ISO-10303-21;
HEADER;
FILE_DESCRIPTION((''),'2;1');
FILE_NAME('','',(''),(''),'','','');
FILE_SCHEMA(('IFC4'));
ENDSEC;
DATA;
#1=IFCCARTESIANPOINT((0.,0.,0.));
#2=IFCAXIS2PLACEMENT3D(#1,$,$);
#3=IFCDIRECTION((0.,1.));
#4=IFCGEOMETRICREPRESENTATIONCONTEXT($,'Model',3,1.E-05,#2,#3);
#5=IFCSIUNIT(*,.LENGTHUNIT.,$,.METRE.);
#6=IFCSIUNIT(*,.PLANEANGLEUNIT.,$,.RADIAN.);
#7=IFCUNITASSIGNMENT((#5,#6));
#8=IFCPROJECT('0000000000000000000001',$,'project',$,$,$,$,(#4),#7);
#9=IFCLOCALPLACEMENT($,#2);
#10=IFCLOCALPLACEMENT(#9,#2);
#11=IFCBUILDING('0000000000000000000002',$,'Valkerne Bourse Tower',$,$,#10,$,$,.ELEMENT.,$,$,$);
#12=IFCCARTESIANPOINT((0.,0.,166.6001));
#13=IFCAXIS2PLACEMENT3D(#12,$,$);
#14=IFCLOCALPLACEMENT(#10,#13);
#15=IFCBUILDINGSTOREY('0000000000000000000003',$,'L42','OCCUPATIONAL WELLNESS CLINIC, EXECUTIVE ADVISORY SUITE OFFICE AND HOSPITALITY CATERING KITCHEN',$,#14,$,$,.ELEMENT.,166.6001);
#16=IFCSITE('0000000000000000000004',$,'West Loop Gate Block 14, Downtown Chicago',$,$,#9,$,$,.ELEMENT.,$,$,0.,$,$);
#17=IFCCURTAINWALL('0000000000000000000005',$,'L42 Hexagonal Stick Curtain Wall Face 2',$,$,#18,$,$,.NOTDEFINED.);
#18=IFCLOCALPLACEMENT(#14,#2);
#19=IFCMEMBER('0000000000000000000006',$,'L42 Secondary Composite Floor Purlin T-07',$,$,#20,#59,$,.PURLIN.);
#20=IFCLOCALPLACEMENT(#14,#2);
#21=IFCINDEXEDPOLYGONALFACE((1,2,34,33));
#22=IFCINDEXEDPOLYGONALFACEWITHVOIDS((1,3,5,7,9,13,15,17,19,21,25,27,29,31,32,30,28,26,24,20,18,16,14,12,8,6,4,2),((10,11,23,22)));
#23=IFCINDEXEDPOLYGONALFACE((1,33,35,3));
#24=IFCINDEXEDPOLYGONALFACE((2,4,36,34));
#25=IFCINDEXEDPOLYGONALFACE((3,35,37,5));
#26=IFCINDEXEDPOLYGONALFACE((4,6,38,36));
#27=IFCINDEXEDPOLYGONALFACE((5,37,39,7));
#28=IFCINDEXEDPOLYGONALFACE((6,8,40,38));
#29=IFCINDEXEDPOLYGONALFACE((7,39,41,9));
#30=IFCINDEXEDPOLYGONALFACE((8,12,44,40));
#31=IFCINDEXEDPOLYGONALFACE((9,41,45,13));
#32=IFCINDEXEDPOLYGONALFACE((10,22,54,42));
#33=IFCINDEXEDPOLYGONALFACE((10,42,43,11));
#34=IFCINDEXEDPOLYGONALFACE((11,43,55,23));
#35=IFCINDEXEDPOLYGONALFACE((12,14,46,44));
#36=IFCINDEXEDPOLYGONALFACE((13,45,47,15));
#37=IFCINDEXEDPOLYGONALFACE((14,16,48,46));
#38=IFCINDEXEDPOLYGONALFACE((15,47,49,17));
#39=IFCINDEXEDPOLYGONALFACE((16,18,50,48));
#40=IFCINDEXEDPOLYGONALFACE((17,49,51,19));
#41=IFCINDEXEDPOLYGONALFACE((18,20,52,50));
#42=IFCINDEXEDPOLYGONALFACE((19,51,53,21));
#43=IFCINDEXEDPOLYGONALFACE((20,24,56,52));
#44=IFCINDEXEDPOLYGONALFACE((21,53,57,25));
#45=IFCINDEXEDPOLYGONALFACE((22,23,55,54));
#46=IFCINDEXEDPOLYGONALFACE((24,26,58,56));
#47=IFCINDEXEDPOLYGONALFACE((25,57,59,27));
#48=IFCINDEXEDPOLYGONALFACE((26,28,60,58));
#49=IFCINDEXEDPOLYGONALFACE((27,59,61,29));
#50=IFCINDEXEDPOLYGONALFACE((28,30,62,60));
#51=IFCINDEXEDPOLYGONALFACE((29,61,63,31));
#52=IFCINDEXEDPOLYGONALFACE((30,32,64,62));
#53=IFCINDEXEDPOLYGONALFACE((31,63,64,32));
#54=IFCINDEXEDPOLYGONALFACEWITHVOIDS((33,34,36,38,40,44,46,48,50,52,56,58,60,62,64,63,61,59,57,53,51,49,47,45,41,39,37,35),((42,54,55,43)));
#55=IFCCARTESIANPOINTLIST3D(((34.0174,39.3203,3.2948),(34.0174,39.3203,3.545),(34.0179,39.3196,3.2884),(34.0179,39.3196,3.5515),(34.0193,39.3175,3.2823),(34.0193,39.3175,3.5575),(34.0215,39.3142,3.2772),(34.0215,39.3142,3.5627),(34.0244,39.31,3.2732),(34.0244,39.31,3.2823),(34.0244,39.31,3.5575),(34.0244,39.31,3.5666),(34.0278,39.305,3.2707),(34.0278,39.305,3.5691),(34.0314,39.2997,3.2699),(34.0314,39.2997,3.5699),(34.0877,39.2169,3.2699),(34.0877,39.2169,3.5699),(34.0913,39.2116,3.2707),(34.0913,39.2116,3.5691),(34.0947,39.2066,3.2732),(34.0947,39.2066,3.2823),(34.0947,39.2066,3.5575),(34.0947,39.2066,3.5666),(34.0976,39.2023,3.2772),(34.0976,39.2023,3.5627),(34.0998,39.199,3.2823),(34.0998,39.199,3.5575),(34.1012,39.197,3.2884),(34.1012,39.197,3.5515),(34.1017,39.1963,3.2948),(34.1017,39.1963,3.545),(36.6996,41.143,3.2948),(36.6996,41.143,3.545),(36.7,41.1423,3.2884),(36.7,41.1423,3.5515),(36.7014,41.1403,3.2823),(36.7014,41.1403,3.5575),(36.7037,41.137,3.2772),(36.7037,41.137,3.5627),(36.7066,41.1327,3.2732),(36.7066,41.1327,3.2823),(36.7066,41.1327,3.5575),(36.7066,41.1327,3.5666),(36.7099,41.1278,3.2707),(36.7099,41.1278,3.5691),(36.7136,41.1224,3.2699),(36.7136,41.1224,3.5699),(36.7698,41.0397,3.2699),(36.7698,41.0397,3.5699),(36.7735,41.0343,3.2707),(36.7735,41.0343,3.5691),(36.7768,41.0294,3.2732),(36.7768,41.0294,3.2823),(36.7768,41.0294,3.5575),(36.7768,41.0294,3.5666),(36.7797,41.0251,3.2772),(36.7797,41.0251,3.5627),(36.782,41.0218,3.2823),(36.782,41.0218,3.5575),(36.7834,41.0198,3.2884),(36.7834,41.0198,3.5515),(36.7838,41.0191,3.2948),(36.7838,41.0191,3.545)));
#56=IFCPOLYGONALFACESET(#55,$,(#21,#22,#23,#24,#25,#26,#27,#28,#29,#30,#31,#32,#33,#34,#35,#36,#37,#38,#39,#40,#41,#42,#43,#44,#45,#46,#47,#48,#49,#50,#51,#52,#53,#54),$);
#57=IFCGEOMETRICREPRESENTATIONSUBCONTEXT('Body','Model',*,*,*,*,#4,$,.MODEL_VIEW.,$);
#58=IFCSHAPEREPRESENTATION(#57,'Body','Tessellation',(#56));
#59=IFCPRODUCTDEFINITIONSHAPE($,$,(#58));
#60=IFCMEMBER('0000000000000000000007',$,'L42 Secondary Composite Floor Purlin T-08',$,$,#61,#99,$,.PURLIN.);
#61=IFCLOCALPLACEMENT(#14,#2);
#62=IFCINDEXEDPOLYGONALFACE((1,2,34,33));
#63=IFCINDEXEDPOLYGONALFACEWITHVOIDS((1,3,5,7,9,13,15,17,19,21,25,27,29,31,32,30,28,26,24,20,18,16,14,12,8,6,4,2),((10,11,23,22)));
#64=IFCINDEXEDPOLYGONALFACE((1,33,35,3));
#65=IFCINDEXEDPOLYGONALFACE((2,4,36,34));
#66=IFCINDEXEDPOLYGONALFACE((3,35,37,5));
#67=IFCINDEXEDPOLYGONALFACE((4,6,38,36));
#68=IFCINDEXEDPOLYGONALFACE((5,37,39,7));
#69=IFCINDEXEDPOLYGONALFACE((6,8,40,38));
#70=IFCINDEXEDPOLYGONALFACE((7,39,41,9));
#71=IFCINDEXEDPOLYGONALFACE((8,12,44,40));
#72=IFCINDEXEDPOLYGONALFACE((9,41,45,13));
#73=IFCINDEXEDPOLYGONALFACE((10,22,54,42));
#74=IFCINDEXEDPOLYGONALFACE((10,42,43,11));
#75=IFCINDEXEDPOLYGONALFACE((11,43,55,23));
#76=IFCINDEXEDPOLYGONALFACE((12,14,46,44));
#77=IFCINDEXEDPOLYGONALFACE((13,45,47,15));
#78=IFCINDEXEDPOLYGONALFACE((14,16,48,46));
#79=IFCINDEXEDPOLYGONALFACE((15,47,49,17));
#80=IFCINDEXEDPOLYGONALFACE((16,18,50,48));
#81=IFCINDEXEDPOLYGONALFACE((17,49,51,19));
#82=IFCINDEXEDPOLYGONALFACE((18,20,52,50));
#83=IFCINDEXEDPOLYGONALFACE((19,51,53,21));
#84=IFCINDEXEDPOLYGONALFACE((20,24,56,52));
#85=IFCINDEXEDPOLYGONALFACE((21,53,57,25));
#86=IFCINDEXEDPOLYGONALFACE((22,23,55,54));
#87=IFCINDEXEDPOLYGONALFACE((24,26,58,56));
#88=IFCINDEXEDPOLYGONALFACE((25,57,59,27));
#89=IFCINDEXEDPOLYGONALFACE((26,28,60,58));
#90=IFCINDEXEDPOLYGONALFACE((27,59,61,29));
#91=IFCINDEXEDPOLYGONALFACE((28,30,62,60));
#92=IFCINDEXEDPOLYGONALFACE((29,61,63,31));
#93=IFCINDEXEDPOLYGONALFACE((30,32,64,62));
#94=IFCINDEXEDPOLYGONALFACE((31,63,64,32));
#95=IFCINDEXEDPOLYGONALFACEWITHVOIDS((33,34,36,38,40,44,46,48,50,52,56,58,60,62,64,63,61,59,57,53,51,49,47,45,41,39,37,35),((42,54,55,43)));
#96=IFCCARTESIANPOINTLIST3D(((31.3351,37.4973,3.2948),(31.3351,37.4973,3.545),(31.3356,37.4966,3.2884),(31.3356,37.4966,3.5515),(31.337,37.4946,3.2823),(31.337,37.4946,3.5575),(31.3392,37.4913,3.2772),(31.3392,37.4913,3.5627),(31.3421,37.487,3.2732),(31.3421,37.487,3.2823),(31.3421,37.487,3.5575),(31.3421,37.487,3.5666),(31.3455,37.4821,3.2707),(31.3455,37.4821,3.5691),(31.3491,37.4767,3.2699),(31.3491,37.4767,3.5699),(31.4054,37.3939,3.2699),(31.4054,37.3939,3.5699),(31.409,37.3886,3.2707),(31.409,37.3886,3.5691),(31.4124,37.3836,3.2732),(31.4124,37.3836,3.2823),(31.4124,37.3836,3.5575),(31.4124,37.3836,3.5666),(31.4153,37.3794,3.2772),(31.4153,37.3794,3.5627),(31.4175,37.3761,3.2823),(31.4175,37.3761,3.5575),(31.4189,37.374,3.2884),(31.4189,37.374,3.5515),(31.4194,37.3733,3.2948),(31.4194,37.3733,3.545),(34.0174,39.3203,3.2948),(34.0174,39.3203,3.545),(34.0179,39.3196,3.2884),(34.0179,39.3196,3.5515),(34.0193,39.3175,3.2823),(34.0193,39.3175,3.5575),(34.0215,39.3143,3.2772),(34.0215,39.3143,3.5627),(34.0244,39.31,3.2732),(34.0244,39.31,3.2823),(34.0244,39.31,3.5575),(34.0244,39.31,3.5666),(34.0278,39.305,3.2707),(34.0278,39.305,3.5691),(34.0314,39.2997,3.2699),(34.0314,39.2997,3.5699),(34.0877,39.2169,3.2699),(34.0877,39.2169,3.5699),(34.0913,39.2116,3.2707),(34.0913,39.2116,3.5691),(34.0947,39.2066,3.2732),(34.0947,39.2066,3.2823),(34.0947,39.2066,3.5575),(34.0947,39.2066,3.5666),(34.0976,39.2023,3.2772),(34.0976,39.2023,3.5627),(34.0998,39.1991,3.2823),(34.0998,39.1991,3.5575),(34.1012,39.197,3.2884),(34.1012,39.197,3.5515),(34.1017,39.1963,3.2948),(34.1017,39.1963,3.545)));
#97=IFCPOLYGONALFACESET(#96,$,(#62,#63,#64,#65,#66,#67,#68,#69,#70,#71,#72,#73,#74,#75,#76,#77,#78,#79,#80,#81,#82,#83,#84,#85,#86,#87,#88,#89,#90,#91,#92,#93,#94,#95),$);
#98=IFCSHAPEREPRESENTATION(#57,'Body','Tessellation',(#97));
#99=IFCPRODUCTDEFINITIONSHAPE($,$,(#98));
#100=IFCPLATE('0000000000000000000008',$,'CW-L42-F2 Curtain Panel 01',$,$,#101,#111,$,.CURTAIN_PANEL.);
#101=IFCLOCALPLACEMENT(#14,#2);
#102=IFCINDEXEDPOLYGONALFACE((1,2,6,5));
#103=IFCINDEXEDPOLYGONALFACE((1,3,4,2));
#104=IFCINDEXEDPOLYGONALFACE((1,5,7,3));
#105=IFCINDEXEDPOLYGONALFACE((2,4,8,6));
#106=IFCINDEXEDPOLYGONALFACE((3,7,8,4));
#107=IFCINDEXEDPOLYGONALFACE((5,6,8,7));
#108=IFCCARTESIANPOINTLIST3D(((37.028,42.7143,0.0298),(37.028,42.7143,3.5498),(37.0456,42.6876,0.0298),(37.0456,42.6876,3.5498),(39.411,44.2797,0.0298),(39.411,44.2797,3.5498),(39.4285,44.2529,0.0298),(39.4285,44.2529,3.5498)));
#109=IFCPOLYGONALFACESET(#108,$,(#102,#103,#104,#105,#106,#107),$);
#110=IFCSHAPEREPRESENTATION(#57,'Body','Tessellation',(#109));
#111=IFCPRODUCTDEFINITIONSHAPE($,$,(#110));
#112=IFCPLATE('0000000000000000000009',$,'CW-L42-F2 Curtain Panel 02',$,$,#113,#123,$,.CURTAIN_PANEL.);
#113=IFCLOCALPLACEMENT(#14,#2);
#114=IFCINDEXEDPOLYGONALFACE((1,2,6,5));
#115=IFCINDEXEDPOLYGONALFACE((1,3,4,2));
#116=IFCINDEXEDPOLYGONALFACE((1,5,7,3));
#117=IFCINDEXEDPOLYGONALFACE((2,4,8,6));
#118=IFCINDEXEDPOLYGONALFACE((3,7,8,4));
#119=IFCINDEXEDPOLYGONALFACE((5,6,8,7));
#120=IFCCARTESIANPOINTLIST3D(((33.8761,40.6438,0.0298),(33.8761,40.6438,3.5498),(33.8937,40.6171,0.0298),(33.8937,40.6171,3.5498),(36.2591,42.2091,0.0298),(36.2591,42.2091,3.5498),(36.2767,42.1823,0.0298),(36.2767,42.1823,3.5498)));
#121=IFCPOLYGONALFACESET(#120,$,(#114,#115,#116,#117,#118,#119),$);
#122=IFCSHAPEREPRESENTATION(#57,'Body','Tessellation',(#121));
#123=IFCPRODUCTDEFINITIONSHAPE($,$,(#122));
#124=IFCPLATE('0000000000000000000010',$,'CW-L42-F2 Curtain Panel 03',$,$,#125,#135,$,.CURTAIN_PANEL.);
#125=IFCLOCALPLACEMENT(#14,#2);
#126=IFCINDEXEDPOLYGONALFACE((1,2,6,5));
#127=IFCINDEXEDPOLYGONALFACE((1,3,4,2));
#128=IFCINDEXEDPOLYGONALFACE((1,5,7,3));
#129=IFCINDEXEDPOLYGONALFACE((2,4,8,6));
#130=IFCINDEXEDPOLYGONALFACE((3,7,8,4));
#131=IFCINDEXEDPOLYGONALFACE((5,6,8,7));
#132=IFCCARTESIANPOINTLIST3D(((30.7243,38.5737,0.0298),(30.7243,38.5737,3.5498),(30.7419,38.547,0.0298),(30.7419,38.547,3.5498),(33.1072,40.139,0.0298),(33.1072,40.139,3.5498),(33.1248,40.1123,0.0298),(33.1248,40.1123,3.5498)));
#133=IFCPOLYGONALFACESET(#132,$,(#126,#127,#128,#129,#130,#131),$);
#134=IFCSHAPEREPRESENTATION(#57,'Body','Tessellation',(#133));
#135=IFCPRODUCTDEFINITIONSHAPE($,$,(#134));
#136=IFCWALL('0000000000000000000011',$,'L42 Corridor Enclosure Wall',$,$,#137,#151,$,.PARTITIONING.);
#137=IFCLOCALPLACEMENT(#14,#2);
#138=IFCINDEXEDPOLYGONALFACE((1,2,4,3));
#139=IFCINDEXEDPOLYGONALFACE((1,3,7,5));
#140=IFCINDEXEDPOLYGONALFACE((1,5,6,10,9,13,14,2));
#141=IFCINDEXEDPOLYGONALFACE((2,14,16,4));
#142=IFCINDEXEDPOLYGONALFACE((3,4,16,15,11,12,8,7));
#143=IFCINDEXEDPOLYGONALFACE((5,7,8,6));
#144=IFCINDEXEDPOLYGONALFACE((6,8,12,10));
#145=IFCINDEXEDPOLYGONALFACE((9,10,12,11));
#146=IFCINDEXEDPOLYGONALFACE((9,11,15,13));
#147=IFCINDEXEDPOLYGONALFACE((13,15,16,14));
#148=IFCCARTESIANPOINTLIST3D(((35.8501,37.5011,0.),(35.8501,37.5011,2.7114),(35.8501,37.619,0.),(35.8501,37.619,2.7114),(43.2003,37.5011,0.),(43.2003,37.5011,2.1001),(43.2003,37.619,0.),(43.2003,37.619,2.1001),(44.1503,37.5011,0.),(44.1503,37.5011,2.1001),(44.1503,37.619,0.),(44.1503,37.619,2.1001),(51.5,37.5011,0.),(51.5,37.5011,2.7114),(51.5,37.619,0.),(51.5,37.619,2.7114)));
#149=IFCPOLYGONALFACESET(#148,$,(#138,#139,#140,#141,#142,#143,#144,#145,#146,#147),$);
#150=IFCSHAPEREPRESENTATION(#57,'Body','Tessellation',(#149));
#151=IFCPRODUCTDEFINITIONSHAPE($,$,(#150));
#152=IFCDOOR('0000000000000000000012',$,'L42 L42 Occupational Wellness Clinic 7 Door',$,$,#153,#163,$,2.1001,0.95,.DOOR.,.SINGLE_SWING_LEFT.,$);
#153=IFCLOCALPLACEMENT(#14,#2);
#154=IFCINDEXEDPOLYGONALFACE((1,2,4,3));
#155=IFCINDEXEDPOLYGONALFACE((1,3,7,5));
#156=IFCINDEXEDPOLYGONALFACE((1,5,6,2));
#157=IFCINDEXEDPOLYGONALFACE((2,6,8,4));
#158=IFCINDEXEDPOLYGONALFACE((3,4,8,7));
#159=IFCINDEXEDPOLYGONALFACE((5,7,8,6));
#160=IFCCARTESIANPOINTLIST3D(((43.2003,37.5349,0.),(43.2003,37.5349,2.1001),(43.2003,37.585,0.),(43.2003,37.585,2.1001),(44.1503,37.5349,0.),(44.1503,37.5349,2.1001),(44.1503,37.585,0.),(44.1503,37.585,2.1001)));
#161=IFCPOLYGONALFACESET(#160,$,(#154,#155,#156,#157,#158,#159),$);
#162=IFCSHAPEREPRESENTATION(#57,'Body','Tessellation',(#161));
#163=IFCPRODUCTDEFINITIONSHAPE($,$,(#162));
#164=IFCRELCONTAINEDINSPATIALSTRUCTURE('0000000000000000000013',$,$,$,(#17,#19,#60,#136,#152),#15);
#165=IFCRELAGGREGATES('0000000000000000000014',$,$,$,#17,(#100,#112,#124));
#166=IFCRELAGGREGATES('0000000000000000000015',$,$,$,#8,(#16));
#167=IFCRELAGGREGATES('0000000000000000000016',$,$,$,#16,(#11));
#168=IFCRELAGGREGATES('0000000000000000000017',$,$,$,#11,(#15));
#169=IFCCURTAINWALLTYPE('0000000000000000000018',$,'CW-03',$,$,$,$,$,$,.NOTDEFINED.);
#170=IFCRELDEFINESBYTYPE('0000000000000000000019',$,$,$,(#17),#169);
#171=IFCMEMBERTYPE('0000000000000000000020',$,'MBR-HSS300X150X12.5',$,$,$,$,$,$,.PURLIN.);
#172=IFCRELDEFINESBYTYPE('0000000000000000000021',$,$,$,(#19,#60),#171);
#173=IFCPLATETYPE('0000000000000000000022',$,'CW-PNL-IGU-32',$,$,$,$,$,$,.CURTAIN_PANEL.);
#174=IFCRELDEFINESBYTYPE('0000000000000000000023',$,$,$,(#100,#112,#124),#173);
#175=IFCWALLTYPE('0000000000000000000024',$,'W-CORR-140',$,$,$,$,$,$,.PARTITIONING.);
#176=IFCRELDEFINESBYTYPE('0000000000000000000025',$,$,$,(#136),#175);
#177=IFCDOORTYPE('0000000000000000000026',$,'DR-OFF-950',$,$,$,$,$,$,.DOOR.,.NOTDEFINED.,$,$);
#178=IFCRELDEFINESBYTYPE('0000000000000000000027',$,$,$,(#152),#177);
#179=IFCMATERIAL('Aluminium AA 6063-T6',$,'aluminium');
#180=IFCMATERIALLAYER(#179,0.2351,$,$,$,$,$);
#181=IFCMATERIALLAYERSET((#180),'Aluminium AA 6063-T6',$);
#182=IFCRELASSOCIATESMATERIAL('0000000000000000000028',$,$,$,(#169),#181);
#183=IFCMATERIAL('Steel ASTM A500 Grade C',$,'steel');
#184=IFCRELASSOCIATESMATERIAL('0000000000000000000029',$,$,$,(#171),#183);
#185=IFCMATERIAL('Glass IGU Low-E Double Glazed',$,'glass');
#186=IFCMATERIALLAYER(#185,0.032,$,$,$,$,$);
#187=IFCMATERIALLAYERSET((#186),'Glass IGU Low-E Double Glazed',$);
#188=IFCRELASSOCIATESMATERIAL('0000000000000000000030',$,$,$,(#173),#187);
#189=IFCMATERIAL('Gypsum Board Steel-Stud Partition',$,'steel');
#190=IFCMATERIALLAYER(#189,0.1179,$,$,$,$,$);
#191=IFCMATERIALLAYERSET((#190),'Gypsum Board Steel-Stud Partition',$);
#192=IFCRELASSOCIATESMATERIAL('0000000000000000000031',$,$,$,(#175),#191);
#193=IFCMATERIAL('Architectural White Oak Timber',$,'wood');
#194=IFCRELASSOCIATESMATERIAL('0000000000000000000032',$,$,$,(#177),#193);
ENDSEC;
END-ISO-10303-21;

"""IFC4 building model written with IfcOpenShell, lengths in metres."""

from ifc_helpers import new_model, si_unit, direction, frame, frame_2d, origin, origin_2d, place, context, subcontext, project, spatial, rectangle, hollow_rectangle, extrude, material, layer, layer_set, material_profile, profile_set, type_object, element, fill, aggregate, save


model = new_model("IFC4")

# Units and contexts
model_context = context("Model", 3, precision=1e-05, world=origin(), true_north=direction((0.0, 1.0)))
body_context = subcontext(model_context, "Body", "Model", "MODEL_VIEW")
ifc_project = project(units=[si_unit("LENGTHUNIT", "METRE"), si_unit("PLANEANGLEUNIT", "RADIAN")], contexts=[model_context])

# Site, building, storey
site_placement = place(None, origin())
site = spatial("IfcSite", under=ifc_project, at=site_placement, Name="West Loop Gate Block 14, Downtown Chicago", CompositionType="ELEMENT", RefElevation=0.0)
building_placement = place(site_placement, origin())
building = spatial("IfcBuilding", under=site, at=building_placement, Name="Valkerne Bourse Tower", CompositionType="ELEMENT")
storey_placement = place(building_placement, frame((0.0, 0.0, 166.6001)))
storey = spatial("IfcBuildingStorey", under=building, at=storey_placement, Name="L42", Description="OCCUPATIONAL WELLNESS CLINIC, EXECUTIVE ADVISORY SUITE OFFICE AND HOSPITALITY CATERING KITCHEN", CompositionType="ELEMENT", Elevation=166.6001)

# Curtain wall
ifc_material_1 = material(Name="Aluminium AA 6063-T6", Category="aluminium")
ifc_layer_1 = layer(ifc_material_1, 0.2351)
ifc_layer_set_1 = layer_set([ifc_layer_1], Name="Aluminium AA 6063-T6")
curtain_wall_type = type_object("IfcCurtainWallType", Name="CW-03", PredefinedType="NOTDEFINED", material=ifc_layer_set_1)
curtain_wall_placement = place(storey_placement, origin())
curtain_wall = element("IfcCurtainWall", 1, at=curtain_wall_placement, inside=storey, type_object=curtain_wall_type, Name="L42 Hexagonal Stick Curtain Wall Face 2", PredefinedType="NOTDEFINED")

# Members
ifc_material_2 = material(Name="Steel ASTM A500 Grade C", Category="steel")
ifc_material_profile_1 = material_profile(ifc_material_2, hollow_rectangle(XDim=0.1499, YDim=0.3, WallThickness=0.0125, OuterFilletRadius=0.0249, at=origin_2d()), Name="HSS300X150X12.5")
ifc_profile_set_1 = profile_set([ifc_material_profile_1], Name="Steel ASTM A500 Grade C")
member_type_1 = type_object("IfcMemberType", Name="MBR-HSS300X150X12.5", PredefinedType="PURLIN", material=ifc_profile_set_1)
member_1_placement = place(storey_placement, frame((36.7417, 41.0811, 3.4199), z_axis=(-0.827083, -0.562079, 0.0), x_axis=(0.562079, -0.827083, 0.0)))
element("IfcMember", 2, at=member_1_placement, inside=storey, type_object=member_type_1, Name="L42 Secondary Composite Floor Purlin T-07", PredefinedType="PURLIN", context=body_context, shape_type="SweptSolid", body=[
    extrude(hollow_rectangle(XDim=0.1499, YDim=0.3, WallThickness=0.0125, OuterFilletRadius=0.0249, at=origin_2d()), origin(), (0.0, 0.0, 1.0), 3.2429),
])
member_2_placement = place(storey_placement, frame((34.0596, 39.2583, 3.4199), z_axis=(-0.827072, -0.562096, 0.0), x_axis=(0.562096, -0.827072, 0.0)))
element("IfcMember", 3, at=member_2_placement, inside=storey, type_object=member_type_1, Name="L42 Secondary Composite Floor Purlin T-08", PredefinedType="PURLIN", context=body_context, shape_type="SweptSolid", body=[
    extrude(hollow_rectangle(XDim=0.1499, YDim=0.3, WallThickness=0.0125, OuterFilletRadius=0.0249, at=origin_2d()), origin(), (0.0, 0.0, 1.0), 3.2432),
])

# Plates
ifc_material_3 = material(Name="Glass IGU Low-E Double Glazed", Category="glass")
ifc_layer_2 = layer(ifc_material_3, 0.032)
ifc_layer_set_2 = layer_set([ifc_layer_2], Name="Glass IGU Low-E Double Glazed")
plate_type = type_object("IfcPlateType", Name="CW-PNL-IGU-32", PredefinedType="CURTAIN_PANEL", material=ifc_layer_set_2)
plate_1_placement = place(storey_placement, frame((38.2283, 43.4836, 0.0298), z_axis=(0.0, 0.0, 1.0), x_axis=(-0.835801, -0.549033, 0.0)))
plate_1 = element("IfcPlate", 4, at=plate_1_placement, type_object=plate_type, Name="CW-L42-F2 Curtain Panel 01", PredefinedType="CURTAIN_PANEL", context=body_context, shape_type="SweptSolid", body=[
    extrude(rectangle(XDim=2.8511, YDim=0.032, at=origin_2d()), origin(), (0.0, 0.0, 1.0), 3.52),
])
plate_2_placement = place(storey_placement, frame((35.0764, 41.4131, 0.0298), z_axis=(0.0, 0.0, 1.0), x_axis=(-0.835821, -0.549002, 0.0)))
plate_2 = element("IfcPlate", 5, at=plate_2_placement, type_object=plate_type, Name="CW-L42-F2 Curtain Panel 02", PredefinedType="CURTAIN_PANEL", context=body_context, shape_type="SweptSolid", body=[
    extrude(rectangle(XDim=2.8511, YDim=0.032, at=origin_2d()), origin(), (0.0, 0.0, 1.0), 3.52),
])
plate_3_placement = place(storey_placement, frame((31.9246, 39.343, 0.0298), z_axis=(0.0, 0.0, 1.0), x_axis=(-0.835801, -0.549033, 0.0)))
plate_3 = element("IfcPlate", 6, at=plate_3_placement, type_object=plate_type, Name="CW-L42-F2 Curtain Panel 03", PredefinedType="CURTAIN_PANEL", context=body_context, shape_type="SweptSolid", body=[
    extrude(rectangle(XDim=2.8511, YDim=0.032, at=origin_2d()), origin(), (0.0, 0.0, 1.0), 3.52),
])
aggregate(curtain_wall, [plate_1, plate_2, plate_3])

# Wall, opening, door
ifc_material_4 = material(Name="Gypsum Board Steel-Stud Partition", Category="steel")
ifc_layer_3 = layer(ifc_material_4, 0.1179)
ifc_layer_set_3 = layer_set([ifc_layer_3], Name="Gypsum Board Steel-Stud Partition")
wall_type = type_object("IfcWallType", Name="W-CORR-140", PredefinedType="PARTITIONING", material=ifc_layer_set_3)
wall_placement = place(storey_placement, frame((35.8501, 37.5601, 0.0), z_axis=(0.0, 0.0, 1.0), x_axis=(1.0, 0.0, 0.0)))
wall = element("IfcWall", 7, at=wall_placement, inside=storey, type_object=wall_type, Name="L42 Corridor Enclosure Wall", PredefinedType="PARTITIONING", context=body_context, shape_type="SweptSolid", body=[
    extrude(rectangle(XDim=15.6499, YDim=0.1179, at=frame_2d((7.825, 0.0))), origin(), (0.0, 0.0, 1.0), 2.7114),
])
opening_placement = place(wall_placement, frame((7.3501, 0.0, 0.0)))
opening = element("IfcOpeningElement", 8, at=opening_placement, cuts=wall, PredefinedType="OPENING", context=body_context, shape_type="SweptSolid", body=[
    extrude(rectangle(XDim=0.95, YDim=2.1001, at=frame_2d((0.4751, 1.05))), frame((0.0, 0.0688, 0.0), z_axis=(0.0, -1.0, 0.0), x_axis=(1.0, 0.0, 0.0)), (0.0, 0.0, 1.0), 0.1379),
])
ifc_material_5 = material(Name="Architectural White Oak Timber", Category="wood")
door_type = type_object("IfcDoorType", Name="DR-OFF-950", OperationType="NOTDEFINED", PredefinedType="DOOR", material=ifc_material_5)
door_placement = place(opening_placement, origin())
door = element("IfcDoor", 9, at=door_placement, inside=storey, type_object=door_type, Name="L42 L42 Occupational Wellness Clinic 7 Door", OperationType="SINGLE_SWING_LEFT", OverallHeight=2.1001, OverallWidth=0.95, PredefinedType="DOOR", context=body_context, shape_type="SweptSolid", body=[
    extrude(rectangle(XDim=0.95, YDim=2.1001, at=frame_2d((0.4751, 1.05))), frame((0.0, 0.0249, 0.0), z_axis=(0.0, -1.0, 0.0), x_axis=(1.0, 0.0, 0.0)), (0.0, 0.0, 1.0), 0.05),
])
fill(opening, door)

save(model, "model.ifc")
